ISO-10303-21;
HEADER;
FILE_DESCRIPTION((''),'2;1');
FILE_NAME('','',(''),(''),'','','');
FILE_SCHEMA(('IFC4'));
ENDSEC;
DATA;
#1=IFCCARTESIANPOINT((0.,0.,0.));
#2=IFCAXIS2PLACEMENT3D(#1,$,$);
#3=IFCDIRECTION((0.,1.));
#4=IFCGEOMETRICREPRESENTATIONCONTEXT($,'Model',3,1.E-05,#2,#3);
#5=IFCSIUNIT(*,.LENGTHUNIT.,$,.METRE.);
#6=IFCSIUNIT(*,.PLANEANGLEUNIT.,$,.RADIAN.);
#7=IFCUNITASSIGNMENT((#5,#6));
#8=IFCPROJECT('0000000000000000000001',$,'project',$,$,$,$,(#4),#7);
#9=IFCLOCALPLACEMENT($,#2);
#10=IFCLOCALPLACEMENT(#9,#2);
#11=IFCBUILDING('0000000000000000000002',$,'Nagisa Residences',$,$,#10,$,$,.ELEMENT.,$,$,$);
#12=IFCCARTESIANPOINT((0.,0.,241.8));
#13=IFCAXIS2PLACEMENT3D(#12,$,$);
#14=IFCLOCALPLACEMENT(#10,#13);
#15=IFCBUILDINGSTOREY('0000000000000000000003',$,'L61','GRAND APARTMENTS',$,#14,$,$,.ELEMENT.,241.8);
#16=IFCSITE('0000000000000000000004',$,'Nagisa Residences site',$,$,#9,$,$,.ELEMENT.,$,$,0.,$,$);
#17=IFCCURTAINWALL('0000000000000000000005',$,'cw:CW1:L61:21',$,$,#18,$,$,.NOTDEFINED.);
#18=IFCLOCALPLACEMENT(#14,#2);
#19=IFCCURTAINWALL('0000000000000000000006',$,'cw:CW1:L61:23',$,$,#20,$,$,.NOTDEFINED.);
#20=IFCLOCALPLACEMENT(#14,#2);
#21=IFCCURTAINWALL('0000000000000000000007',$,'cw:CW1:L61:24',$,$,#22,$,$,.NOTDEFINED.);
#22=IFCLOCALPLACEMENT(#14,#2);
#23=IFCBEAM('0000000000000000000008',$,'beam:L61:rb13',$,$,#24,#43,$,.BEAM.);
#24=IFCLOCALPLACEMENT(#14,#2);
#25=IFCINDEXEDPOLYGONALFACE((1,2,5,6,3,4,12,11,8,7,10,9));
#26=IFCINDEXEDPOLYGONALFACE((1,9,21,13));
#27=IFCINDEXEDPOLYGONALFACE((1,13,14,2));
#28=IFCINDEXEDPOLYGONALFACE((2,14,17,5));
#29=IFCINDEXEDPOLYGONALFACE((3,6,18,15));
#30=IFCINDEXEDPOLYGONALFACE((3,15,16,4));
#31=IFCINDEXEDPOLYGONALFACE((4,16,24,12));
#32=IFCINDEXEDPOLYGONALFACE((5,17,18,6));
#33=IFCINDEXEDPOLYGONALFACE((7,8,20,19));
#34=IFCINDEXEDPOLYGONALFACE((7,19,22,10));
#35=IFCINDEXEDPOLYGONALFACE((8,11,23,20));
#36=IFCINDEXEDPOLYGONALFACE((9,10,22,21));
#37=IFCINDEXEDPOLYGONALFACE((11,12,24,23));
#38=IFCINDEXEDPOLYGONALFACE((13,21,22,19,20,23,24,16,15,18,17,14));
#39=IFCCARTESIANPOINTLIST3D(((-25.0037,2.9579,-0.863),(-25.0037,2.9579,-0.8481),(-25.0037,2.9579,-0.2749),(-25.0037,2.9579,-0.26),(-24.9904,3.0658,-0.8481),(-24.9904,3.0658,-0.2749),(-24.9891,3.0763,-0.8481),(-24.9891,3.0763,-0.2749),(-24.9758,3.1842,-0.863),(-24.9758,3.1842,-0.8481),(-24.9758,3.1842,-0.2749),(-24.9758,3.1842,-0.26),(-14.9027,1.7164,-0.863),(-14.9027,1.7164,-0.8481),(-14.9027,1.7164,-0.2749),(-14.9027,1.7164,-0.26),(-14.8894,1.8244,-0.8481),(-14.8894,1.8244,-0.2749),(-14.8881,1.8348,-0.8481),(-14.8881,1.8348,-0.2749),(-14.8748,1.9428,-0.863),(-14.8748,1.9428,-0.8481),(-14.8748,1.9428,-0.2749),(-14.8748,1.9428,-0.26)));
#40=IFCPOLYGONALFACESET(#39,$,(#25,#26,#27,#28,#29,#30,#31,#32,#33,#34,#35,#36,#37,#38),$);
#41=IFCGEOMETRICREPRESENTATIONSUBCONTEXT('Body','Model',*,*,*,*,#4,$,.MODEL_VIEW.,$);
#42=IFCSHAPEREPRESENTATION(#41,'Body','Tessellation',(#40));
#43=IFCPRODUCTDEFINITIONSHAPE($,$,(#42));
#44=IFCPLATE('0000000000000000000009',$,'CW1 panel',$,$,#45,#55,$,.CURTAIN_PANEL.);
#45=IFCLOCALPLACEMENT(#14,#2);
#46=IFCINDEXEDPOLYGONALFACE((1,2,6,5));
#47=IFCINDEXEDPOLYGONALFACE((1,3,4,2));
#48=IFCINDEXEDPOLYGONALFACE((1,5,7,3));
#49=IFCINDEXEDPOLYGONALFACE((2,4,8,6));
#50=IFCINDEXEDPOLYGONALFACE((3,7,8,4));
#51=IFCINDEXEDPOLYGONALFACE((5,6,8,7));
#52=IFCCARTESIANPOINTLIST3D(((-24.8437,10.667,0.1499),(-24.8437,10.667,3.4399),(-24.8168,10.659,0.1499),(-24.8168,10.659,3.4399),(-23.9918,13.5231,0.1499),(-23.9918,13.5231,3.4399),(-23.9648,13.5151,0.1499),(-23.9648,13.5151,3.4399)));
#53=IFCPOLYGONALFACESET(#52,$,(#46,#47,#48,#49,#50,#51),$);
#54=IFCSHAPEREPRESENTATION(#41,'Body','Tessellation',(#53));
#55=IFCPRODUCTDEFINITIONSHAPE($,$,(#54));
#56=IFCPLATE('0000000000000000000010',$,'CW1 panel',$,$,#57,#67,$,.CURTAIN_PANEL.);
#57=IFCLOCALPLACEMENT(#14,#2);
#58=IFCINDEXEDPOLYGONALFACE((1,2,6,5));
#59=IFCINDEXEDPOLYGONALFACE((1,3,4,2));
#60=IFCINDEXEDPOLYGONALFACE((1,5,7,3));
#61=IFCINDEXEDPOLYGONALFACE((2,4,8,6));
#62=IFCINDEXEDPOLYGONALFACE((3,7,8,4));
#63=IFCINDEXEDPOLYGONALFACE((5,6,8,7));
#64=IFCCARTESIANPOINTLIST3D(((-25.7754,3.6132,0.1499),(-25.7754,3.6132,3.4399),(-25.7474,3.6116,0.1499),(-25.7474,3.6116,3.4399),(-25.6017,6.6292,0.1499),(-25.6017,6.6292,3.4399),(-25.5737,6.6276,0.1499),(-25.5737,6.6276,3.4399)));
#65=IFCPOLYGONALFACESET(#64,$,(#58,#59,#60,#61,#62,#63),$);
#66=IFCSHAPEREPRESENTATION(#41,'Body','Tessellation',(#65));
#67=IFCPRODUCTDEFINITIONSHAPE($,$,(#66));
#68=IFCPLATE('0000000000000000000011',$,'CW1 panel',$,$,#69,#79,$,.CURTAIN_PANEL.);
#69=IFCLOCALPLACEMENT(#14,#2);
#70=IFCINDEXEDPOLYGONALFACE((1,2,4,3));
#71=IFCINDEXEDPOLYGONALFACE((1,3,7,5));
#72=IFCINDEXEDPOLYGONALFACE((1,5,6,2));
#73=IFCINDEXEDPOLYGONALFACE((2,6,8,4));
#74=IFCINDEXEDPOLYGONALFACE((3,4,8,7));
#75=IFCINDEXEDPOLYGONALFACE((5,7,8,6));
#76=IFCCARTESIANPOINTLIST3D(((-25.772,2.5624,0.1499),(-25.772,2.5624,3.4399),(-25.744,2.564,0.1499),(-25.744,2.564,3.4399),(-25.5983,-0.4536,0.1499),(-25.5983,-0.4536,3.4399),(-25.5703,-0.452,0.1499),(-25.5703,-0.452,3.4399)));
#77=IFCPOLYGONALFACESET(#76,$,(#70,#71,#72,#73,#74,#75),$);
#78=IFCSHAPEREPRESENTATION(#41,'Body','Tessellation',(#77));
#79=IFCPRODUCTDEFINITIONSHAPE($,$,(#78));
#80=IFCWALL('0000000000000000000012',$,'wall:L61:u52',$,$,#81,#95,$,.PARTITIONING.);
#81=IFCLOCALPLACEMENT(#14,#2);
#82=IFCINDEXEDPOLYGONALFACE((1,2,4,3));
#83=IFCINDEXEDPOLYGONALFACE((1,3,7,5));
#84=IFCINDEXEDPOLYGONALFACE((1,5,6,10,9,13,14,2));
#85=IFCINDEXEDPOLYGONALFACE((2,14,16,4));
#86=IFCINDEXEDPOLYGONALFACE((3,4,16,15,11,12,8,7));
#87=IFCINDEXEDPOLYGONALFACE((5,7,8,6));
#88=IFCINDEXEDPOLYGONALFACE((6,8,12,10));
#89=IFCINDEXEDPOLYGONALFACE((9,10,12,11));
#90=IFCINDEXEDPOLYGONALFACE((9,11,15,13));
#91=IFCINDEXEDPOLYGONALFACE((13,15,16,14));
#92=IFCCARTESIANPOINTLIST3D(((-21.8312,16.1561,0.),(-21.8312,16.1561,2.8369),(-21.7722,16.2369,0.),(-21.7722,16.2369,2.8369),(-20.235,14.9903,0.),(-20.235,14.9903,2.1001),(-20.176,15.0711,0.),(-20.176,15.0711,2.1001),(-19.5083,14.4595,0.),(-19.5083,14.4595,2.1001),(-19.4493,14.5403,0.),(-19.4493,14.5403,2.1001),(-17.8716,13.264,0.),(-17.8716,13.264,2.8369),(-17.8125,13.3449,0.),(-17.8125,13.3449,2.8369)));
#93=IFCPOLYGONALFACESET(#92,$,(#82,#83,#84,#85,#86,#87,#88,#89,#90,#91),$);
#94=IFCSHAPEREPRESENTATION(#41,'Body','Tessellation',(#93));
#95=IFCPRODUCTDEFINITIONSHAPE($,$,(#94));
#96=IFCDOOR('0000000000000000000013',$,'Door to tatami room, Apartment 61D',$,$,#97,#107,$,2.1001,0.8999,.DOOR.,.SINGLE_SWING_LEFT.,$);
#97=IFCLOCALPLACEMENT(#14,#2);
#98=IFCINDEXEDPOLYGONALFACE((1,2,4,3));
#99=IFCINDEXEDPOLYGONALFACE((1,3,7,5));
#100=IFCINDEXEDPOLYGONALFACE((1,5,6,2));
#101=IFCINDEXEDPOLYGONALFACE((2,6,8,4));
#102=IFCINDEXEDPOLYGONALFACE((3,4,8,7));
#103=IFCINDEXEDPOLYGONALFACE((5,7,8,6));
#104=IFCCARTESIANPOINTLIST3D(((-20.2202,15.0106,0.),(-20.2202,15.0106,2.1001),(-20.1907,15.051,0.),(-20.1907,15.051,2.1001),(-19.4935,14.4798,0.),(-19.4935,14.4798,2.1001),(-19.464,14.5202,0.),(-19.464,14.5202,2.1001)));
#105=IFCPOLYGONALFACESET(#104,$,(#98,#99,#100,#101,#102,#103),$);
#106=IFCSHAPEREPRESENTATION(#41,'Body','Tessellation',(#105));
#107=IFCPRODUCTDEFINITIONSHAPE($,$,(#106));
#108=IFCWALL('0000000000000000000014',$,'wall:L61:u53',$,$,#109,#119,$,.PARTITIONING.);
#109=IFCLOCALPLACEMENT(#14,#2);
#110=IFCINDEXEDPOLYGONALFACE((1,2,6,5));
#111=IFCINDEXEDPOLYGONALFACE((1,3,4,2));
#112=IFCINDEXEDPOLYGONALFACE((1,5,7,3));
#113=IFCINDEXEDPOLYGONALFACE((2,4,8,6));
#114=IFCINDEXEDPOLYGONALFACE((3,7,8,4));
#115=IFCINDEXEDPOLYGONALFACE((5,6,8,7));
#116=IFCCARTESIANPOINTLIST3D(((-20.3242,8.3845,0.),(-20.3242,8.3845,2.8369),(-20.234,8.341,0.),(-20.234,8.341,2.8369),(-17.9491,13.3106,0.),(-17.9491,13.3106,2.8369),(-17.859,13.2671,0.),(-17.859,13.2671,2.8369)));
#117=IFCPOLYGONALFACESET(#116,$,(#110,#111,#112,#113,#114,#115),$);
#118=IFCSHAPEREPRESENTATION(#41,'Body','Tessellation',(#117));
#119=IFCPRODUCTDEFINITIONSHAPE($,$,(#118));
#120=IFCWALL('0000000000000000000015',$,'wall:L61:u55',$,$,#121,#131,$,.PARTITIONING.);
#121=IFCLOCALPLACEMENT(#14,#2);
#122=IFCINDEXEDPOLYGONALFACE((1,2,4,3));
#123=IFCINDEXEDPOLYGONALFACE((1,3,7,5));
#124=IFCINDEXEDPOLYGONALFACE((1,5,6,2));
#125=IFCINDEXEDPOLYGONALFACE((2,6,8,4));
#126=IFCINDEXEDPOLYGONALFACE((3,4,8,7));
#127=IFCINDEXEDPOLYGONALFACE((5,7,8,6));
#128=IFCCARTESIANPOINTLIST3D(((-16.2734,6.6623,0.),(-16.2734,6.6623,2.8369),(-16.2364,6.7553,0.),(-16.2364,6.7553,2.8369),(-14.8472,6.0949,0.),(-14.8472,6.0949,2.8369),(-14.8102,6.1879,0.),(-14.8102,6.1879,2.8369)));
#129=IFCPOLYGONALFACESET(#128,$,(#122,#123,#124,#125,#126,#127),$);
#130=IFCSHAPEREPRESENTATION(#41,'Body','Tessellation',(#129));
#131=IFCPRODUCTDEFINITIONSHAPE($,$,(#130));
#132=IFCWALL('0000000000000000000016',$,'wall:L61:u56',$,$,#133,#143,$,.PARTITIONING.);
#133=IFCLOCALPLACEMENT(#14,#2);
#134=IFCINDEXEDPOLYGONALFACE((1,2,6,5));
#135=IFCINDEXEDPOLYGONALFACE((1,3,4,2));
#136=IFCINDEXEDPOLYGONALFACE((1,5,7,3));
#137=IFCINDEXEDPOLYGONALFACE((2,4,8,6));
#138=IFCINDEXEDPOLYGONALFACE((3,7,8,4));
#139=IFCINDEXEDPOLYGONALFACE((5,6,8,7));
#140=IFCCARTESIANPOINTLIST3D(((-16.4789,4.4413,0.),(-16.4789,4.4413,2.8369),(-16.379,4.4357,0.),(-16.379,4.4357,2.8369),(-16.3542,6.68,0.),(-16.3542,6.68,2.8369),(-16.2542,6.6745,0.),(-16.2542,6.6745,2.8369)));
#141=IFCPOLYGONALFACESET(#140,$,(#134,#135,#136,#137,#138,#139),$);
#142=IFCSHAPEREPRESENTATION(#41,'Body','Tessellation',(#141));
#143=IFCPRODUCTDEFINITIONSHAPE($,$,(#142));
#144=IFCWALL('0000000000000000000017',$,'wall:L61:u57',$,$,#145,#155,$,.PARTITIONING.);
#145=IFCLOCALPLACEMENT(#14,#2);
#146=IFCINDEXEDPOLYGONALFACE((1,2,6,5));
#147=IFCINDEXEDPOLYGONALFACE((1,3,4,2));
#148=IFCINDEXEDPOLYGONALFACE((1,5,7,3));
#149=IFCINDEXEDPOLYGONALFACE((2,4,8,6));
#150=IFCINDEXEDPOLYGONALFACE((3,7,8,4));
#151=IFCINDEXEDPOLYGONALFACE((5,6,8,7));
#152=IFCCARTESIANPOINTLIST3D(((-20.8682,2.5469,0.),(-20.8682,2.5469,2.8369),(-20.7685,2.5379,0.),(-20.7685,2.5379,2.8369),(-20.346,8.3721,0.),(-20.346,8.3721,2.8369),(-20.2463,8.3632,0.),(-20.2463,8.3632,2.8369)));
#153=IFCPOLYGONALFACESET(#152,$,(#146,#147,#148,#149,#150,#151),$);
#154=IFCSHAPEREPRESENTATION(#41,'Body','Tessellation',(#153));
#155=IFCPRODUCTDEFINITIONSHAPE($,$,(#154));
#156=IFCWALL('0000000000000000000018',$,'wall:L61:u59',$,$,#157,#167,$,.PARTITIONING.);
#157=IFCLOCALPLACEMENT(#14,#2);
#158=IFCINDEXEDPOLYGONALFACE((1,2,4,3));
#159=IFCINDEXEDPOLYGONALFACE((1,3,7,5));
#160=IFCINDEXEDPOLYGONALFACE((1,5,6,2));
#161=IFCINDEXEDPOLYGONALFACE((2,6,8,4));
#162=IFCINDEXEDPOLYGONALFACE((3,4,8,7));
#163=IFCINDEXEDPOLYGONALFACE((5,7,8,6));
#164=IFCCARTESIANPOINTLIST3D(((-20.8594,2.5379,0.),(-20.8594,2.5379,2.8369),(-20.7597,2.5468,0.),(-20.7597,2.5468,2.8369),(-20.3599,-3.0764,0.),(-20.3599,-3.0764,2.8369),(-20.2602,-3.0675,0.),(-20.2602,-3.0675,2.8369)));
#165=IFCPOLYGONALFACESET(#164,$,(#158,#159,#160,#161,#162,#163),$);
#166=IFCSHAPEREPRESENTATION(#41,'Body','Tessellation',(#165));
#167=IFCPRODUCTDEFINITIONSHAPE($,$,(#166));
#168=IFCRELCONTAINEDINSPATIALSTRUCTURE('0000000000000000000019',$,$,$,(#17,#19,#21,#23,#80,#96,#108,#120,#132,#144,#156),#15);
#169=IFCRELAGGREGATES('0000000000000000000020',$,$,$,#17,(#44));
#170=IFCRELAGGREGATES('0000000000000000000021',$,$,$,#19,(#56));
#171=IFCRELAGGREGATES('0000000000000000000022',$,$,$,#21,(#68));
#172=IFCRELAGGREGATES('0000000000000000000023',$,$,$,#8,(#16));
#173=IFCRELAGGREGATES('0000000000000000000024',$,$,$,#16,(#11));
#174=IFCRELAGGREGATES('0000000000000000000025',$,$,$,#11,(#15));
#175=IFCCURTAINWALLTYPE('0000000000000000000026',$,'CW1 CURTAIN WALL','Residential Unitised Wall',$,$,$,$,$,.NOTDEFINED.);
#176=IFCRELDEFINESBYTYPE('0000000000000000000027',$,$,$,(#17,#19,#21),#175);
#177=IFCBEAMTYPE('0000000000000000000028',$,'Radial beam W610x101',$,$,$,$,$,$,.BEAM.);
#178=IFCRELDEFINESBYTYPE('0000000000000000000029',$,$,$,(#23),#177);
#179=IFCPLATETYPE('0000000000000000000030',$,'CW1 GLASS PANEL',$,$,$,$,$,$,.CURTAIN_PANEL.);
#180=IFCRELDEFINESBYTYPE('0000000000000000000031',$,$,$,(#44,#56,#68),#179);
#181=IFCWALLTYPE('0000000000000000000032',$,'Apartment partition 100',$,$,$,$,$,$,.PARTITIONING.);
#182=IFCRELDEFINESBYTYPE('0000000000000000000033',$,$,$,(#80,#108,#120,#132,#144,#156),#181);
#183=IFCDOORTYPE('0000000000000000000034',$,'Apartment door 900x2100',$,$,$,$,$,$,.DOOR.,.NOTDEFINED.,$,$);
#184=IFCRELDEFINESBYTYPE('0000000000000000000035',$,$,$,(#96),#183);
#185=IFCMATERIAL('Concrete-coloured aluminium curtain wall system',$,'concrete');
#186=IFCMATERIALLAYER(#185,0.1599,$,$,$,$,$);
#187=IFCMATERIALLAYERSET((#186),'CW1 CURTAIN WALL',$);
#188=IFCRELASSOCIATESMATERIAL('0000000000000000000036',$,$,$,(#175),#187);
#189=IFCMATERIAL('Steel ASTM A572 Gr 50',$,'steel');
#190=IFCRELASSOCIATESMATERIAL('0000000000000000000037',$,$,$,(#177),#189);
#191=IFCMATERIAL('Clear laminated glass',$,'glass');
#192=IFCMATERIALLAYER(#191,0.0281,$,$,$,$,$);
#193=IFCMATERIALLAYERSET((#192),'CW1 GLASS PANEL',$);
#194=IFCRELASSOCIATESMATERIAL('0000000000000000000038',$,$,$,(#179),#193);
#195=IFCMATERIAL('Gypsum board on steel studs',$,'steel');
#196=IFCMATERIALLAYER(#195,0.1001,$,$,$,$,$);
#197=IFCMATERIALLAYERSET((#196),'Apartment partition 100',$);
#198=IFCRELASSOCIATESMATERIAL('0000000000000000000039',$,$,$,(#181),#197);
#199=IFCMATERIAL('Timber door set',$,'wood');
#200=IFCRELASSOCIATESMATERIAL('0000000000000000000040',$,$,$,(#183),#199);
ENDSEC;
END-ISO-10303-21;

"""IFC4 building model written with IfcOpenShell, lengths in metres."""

from ifc_helpers import new_model, si_unit, direction, frame, frame_2d, origin, origin_2d, place, context, subcontext, project, spatial, rectangle, i_section, extrude, material, layer, layer_set, material_profile, profile_set, type_object, element, fill, aggregate, save


model = new_model("IFC4")

# Units and contexts
model_context = context("Model", 3, precision=1e-05, world=origin(), true_north=direction((0.0, 1.0)))
body_context = subcontext(model_context, "Body", "Model", "MODEL_VIEW")
ifc_project = project(units=[si_unit("LENGTHUNIT", "METRE"), si_unit("PLANEANGLEUNIT", "RADIAN")], contexts=[model_context])

# Site, building, storey
site_placement = place(None, origin())
site = spatial("IfcSite", under=ifc_project, at=site_placement, Name="Nagisa Residences site", CompositionType="ELEMENT", RefElevation=0.0)
building_placement = place(site_placement, origin())
building = spatial("IfcBuilding", under=site, at=building_placement, Name="Nagisa Residences", CompositionType="ELEMENT")
storey_placement = place(building_placement, frame((0.0, 0.0, 241.8)))
storey = spatial("IfcBuildingStorey", under=building, at=storey_placement, Name="L61", Description="GRAND APARTMENTS", CompositionType="ELEMENT", Elevation=241.8)

# Curtain walls
ifc_material_1 = material(Name="Concrete-coloured aluminium curtain wall system", Category="concrete")
ifc_layer_1 = layer(ifc_material_1, 0.1599)
ifc_layer_set_1 = layer_set([ifc_layer_1], Name="CW1 CURTAIN WALL")
curtain_wall_type = type_object("IfcCurtainWallType", Name="CW1 CURTAIN WALL", Description="Residential Unitised Wall", PredefinedType="NOTDEFINED", material=ifc_layer_set_1)
curtain_wall_1_placement = place(storey_placement, origin())
curtain_wall_1 = element("IfcCurtainWall", 1, at=curtain_wall_1_placement, inside=storey, type_object=curtain_wall_type, Name="cw:CW1:L61:21", PredefinedType="NOTDEFINED")
curtain_wall_2_placement = place(storey_placement, origin())
curtain_wall_2 = element("IfcCurtainWall", 2, at=curtain_wall_2_placement, inside=storey, type_object=curtain_wall_type, Name="cw:CW1:L61:23", PredefinedType="NOTDEFINED")
curtain_wall_3_placement = place(storey_placement, origin())
curtain_wall_3 = element("IfcCurtainWall", 3, at=curtain_wall_3_placement, inside=storey, type_object=curtain_wall_type, Name="cw:CW1:L61:24", PredefinedType="NOTDEFINED")

# Beam
ifc_material_2 = material(Name="Steel ASTM A572 Gr 50", Category="steel")
ifc_material_profile_1 = material_profile(ifc_material_2, i_section(OverallWidth=0.228, OverallDepth=0.603, WebThickness=0.0105, FlangeThickness=0.0149, at=origin_2d()), Name="W610x101")
ifc_profile_set_1 = profile_set([ifc_material_profile_1], Name="Steel ASTM A572 Gr 50")
beam_type_1 = type_object("IfcBeamType", Name="Radial beam W610x101", PredefinedType="BEAM", material=ifc_profile_set_1)
beam_1_placement = place(storey_placement, frame((-24.9897, 3.071, -0.5615), z_axis=(0.992532, -0.121985, 0.0), x_axis=(0.121985, 0.992532, 0.0)))
element("IfcBeam", 4, at=beam_1_placement, inside=storey, type_object=beam_type_1, Name="beam:L61:rb13", PredefinedType="BEAM", context=body_context, shape_type="SweptSolid", body=[
    extrude(i_section(OverallWidth=0.228, OverallDepth=0.603, WebThickness=0.0105, FlangeThickness=0.0149, at=origin_2d()), origin(), (0.0, 0.0, 1.0), 10.177),
])

# Plates
ifc_material_3 = material(Name="Clear laminated glass", Category="glass")
ifc_layer_2 = layer(ifc_material_3, 0.0281)
ifc_layer_set_2 = layer_set([ifc_layer_2], Name="CW1 GLASS PANEL")
plate_type = type_object("IfcPlateType", Name="CW1 GLASS PANEL", PredefinedType="CURTAIN_PANEL", material=ifc_layer_set_2)
plate_1_placement = place(storey_placement, frame((-24.4043, 12.0911, 0.1499), z_axis=(0.0, 0.0, 1.0), x_axis=(-0.28586, -0.958271, 0.0)))
plate_1 = element("IfcPlate", 5, at=plate_1_placement, type_object=plate_type, Name="CW1 panel", PredefinedType="CURTAIN_PANEL", context=body_context, shape_type="SweptSolid", body=[
    extrude(rectangle(XDim=2.9805, YDim=0.0281, at=origin_2d()), origin(), (0.0, 0.0, 1.0), 3.29),
])
aggregate(curtain_wall_1, [plate_1])
plate_2_placement = place(storey_placement, frame((-25.6746, 5.1204, 0.1499), z_axis=(0.0, 0.0, 1.0), x_axis=(-0.057503, -0.998345, 0.0)))
plate_2 = element("IfcPlate", 6, at=plate_2_placement, type_object=plate_type, Name="CW1 panel", PredefinedType="CURTAIN_PANEL", context=body_context, shape_type="SweptSolid", body=[
    extrude(rectangle(XDim=3.021, YDim=0.0281, at=origin_2d()), origin(), (0.0, 0.0, 1.0), 3.29),
])
aggregate(curtain_wall_2, [plate_2])
plate_3_placement = place(storey_placement, frame((-25.6711, 1.0552, 0.1499), z_axis=(0.0, 0.0, 1.0), x_axis=(0.057503, -0.998345, 0.0)))
plate_3 = element("IfcPlate", 7, at=plate_3_placement, type_object=plate_type, Name="CW1 panel", PredefinedType="CURTAIN_PANEL", context=body_context, shape_type="SweptSolid", body=[
    extrude(rectangle(XDim=3.021, YDim=0.0281, at=origin_2d()), origin(), (0.0, 0.0, 1.0), 3.29),
])
aggregate(curtain_wall_3, [plate_3])

# Wall, opening, door
ifc_material_4 = material(Name="Gypsum board on steel studs", Category="steel")
ifc_layer_3 = layer(ifc_material_4, 0.1001)
ifc_layer_set_3 = layer_set([ifc_layer_3], Name="Apartment partition 100")
wall_type_1 = type_object("IfcWallType", Name="Apartment partition 100", PredefinedType="PARTITIONING", material=ifc_layer_set_3)
wall_1_placement = place(storey_placement, frame((-17.842, 13.3044, 0.0), z_axis=(0.0, 0.0, 1.0), x_axis=(-0.807542, 0.589811, 0.0)))
wall_1 = element("IfcWall", 8, at=wall_1_placement, inside=storey, type_object=wall_type_1, Name="wall:L61:u52", PredefinedType="PARTITIONING", context=body_context, shape_type="SweptSolid", body=[
    extrude(rectangle(XDim=4.9033, YDim=0.1001, at=frame_2d((2.4517, 0.0))), origin(), (0.0, 0.0, 1.0), 2.8369),
])
opening_1_placement = place(wall_1_placement, frame((2.0269, 0.0, 0.0)))
opening_1 = element("IfcOpeningElement", 9, at=opening_1_placement, cuts=wall_1, PredefinedType="OPENING", context=body_context, shape_type="SweptSolid", body=[
    extrude(rectangle(XDim=0.8999, YDim=2.1001, at=frame_2d((0.45, 1.05))), frame((0.0, 0.0601, 0.0), z_axis=(0.0, -1.0, 0.0), x_axis=(1.0, 0.0, 0.0)), (0.0, 0.0, 1.0), 0.1201),
])
ifc_material_5 = material(Name="Timber door set", Category="wood")
door_type_1 = type_object("IfcDoorType", Name="Apartment door 900x2100", OperationType="NOTDEFINED", PredefinedType="DOOR", material=ifc_material_5)
door_1_placement = place(opening_1_placement, origin())
door_1 = element("IfcDoor", 10, at=door_1_placement, inside=storey, type_object=door_type_1, Name="Door to tatami room, Apartment 61D", OperationType="SINGLE_SWING_LEFT", OverallHeight=2.1001, OverallWidth=0.8999, PredefinedType="DOOR", context=body_context, shape_type="SweptSolid", body=[
    extrude(rectangle(XDim=0.8999, YDim=2.1001, at=frame_2d((0.45, 1.05))), frame((0.0, 0.0249, 0.0), z_axis=(0.0, -1.0, 0.0), x_axis=(1.0, 0.0, 0.0)), (0.0, 0.0, 1.0), 0.05),
])
fill(opening_1, door_1)

# Walls
wall_2_placement = place(storey_placement, frame((-17.9041, 13.2888, 0.0), z_axis=(0.0, 0.0, 1.0), x_axis=(-0.434292, -0.900772, 0.0)))
element("IfcWall", 11, at=wall_2_placement, inside=storey, type_object=wall_type_1, Name="wall:L61:u53", PredefinedType="PARTITIONING", context=body_context, shape_type="SweptSolid", body=[
    extrude(rectangle(XDim=5.4688, YDim=0.1001, at=frame_2d((2.7344, 0.0))), origin(), (0.0, 0.0, 1.0), 2.8369),
])
wall_3_placement = place(storey_placement, frame((-14.8286, 6.1414, 0.0), z_axis=(0.0, 0.0, 1.0), x_axis=(-0.929177, 0.369635, 0.0)))
element("IfcWall", 12, at=wall_3_placement, inside=storey, type_object=wall_type_1, Name="wall:L61:u55", PredefinedType="PARTITIONING", context=body_context, shape_type="SweptSolid", body=[
    extrude(rectangle(XDim=1.5349, YDim=0.1001, at=frame_2d((0.7676, 0.0))), origin(), (0.0, 0.0, 1.0), 2.8369),
])
wall_4_placement = place(storey_placement, frame((-16.3042, 6.6772, 0.0), z_axis=(0.0, 0.0, 1.0), x_axis=(-0.055639, -0.998451, 0.0)))
element("IfcWall", 13, at=wall_4_placement, inside=storey, type_object=wall_type_1, Name="wall:L61:u56", PredefinedType="PARTITIONING", context=body_context, shape_type="SweptSolid", body=[
    extrude(rectangle(XDim=2.2422, YDim=0.1001, at=frame_2d((1.1211, 0.0))), origin(), (0.0, 0.0, 1.0), 2.8369),
])
wall_5_placement = place(storey_placement, frame((-20.2961, 8.3677, 0.0), z_axis=(0.0, 0.0, 1.0), x_axis=(-0.08929, -0.996006, 0.0)))
element("IfcWall", 14, at=wall_5_placement, inside=storey, type_object=wall_type_1, Name="wall:L61:u57", PredefinedType="PARTITIONING", context=body_context, shape_type="SweptSolid", body=[
    extrude(rectangle(XDim=5.8486, YDim=0.1001, at=frame_2d((2.9243, 0.0))), origin(), (0.0, 0.0, 1.0), 2.8369),
])
wall_6_placement = place(storey_placement, frame((-20.8096, 2.5425, 0.0), z_axis=(0.0, 0.0, 1.0), x_axis=(0.088622, -0.996065, 0.0)))
element("IfcWall", 15, at=wall_6_placement, inside=storey, type_object=wall_type_1, Name="wall:L61:u59", PredefinedType="PARTITIONING", context=body_context, shape_type="SweptSolid", body=[
    extrude(rectangle(XDim=5.6365, YDim=0.1001, at=frame_2d((2.8184, 0.0))), origin(), (0.0, 0.0, 1.0), 2.8369),
])

save(model, "model.ifc")
